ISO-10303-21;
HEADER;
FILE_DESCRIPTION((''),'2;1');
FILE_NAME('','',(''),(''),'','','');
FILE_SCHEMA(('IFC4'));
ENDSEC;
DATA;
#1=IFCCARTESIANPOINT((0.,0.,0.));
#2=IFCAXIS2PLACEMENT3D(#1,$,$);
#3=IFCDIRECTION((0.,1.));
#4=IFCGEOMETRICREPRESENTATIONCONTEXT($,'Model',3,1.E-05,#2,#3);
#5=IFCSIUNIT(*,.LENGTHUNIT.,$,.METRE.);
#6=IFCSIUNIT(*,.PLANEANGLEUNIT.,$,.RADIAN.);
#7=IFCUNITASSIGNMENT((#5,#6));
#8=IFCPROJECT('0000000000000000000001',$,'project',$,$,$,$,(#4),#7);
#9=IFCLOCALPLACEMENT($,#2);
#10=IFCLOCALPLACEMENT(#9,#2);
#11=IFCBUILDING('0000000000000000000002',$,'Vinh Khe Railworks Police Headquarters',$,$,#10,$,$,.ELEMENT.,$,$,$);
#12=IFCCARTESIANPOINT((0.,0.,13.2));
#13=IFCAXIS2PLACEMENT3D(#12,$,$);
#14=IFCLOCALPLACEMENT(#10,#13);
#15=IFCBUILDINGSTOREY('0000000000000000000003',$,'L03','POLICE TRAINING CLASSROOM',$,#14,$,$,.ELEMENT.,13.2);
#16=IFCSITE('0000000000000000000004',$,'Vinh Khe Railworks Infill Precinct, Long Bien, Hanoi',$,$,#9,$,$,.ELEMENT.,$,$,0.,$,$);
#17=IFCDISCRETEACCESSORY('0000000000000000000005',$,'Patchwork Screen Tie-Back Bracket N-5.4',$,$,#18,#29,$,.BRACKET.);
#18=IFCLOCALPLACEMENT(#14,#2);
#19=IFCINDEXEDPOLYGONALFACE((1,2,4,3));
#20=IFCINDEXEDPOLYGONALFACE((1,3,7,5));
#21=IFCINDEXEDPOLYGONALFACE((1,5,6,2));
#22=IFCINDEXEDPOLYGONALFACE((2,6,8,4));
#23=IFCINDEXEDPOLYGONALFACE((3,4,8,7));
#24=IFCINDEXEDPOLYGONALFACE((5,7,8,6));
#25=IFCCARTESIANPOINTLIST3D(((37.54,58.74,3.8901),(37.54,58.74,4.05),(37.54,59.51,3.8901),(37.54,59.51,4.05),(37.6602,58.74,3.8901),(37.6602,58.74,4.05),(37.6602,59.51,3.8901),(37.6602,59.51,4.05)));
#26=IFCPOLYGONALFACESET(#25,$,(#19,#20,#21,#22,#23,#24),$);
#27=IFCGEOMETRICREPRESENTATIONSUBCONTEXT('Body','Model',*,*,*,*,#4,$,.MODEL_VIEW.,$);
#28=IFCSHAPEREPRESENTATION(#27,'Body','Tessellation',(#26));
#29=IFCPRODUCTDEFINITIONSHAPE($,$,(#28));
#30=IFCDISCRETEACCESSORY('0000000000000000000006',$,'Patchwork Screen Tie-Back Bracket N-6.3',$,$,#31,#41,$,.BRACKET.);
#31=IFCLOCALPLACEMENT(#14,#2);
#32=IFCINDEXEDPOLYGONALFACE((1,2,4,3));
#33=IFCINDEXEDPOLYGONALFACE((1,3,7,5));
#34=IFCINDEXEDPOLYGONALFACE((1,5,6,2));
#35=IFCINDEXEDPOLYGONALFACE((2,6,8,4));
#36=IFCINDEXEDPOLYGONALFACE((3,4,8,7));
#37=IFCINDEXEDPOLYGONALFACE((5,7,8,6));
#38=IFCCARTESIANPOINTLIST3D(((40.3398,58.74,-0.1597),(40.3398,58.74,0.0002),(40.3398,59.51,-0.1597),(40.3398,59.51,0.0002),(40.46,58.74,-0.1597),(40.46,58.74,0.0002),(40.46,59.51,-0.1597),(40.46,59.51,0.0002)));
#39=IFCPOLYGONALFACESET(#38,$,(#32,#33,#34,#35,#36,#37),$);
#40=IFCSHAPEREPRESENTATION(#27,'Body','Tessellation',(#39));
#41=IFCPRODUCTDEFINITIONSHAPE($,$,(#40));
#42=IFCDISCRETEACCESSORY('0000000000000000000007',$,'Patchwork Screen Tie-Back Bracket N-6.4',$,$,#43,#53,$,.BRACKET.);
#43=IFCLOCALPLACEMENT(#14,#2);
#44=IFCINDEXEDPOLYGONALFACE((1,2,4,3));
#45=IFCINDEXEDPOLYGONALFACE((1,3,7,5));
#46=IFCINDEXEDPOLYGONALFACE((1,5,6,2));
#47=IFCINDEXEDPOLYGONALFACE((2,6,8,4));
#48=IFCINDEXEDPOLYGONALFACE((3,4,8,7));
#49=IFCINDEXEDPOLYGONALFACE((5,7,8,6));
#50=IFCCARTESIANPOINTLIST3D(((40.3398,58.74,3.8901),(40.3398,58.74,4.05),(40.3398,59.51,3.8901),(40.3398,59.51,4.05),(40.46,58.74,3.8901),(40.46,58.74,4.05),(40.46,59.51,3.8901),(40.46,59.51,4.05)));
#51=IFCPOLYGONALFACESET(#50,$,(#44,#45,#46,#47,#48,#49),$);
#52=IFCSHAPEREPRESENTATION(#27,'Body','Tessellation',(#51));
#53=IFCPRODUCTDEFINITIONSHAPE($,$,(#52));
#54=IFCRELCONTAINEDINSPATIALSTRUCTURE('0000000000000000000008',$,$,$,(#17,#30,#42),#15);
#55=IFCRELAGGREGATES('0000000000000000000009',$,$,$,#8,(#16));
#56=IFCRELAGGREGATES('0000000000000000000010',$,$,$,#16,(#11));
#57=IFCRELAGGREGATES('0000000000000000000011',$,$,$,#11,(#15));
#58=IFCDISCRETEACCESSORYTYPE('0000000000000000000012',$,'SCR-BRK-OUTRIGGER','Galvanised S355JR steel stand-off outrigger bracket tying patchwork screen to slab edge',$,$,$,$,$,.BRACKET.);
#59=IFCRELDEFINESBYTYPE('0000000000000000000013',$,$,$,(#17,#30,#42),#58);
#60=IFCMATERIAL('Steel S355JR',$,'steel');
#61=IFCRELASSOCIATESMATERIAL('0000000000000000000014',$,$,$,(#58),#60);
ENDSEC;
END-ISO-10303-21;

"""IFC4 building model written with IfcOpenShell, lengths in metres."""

from ifc_helpers import new_model, si_unit, direction, frame, origin, origin_2d, place, context, subcontext, project, spatial, rectangle, extrude, material, type_object, element, save


model = new_model("IFC4")

# Units and contexts
model_context = context("Model", 3, precision=1e-05, world=origin(), true_north=direction((0.0, 1.0)))
body_context = subcontext(model_context, "Body", "Model", "MODEL_VIEW")
ifc_project = project(units=[si_unit("LENGTHUNIT", "METRE"), si_unit("PLANEANGLEUNIT", "RADIAN")], contexts=[model_context])

# Site, building, storey
site_placement = place(None, origin())
site = spatial("IfcSite", under=ifc_project, at=site_placement, Name="Vinh Khe Railworks Infill Precinct, Long Bien, Hanoi", CompositionType="ELEMENT", RefElevation=0.0)
building_placement = place(site_placement, origin())
building = spatial("IfcBuilding", under=site, at=building_placement, Name="Vinh Khe Railworks Police Headquarters", CompositionType="ELEMENT")
storey_placement = place(building_placement, frame((0.0, 0.0, 13.2)))
storey = spatial("IfcBuildingStorey", under=building, at=storey_placement, Name="L03", Description="POLICE TRAINING CLASSROOM", CompositionType="ELEMENT", Elevation=13.2)

# Shared definitions
ifc_material_1 = material(Name="Steel S355JR", Category="steel")

# Discrete accessories
discrete_accessory_type = type_object("IfcDiscreteAccessoryType", Name="SCR-BRK-OUTRIGGER", Description="Galvanised S355JR steel stand-off outrigger bracket tying patchwork screen to slab edge", PredefinedType="BRACKET", material=ifc_material_1)
for number, where, z_axis, x_axis, name in (
    (1, (37.6001, 59.125, 3.8901), (0.0, 0.0, 1.0), (1.0, 0.0, 0.0), "Patchwork Screen Tie-Back Bracket N-5.4"),
    (2, (40.3999, 59.125, -0.1597), (0.0, 0.0, 1.0), (1.0, 0.0, 0.0), "Patchwork Screen Tie-Back Bracket N-6.3"),
    (3, (40.3999, 59.125, 3.8901), (0.0, 0.0, 1.0), (1.0, 0.0, 0.0), "Patchwork Screen Tie-Back Bracket N-6.4"),
):
    element("IfcDiscreteAccessory", number, at=place(storey_placement, frame(where, z_axis=z_axis, x_axis=x_axis)), inside=storey, type_object=discrete_accessory_type, Name=name, PredefinedType="BRACKET", context=body_context, shape_type="SweptSolid", body=[
        extrude(rectangle(XDim=0.1201, YDim=0.77, at=origin_2d()), origin(), (0.0, 0.0, 1.0), 0.1599),
    ])

save(model, "model.ifc")
